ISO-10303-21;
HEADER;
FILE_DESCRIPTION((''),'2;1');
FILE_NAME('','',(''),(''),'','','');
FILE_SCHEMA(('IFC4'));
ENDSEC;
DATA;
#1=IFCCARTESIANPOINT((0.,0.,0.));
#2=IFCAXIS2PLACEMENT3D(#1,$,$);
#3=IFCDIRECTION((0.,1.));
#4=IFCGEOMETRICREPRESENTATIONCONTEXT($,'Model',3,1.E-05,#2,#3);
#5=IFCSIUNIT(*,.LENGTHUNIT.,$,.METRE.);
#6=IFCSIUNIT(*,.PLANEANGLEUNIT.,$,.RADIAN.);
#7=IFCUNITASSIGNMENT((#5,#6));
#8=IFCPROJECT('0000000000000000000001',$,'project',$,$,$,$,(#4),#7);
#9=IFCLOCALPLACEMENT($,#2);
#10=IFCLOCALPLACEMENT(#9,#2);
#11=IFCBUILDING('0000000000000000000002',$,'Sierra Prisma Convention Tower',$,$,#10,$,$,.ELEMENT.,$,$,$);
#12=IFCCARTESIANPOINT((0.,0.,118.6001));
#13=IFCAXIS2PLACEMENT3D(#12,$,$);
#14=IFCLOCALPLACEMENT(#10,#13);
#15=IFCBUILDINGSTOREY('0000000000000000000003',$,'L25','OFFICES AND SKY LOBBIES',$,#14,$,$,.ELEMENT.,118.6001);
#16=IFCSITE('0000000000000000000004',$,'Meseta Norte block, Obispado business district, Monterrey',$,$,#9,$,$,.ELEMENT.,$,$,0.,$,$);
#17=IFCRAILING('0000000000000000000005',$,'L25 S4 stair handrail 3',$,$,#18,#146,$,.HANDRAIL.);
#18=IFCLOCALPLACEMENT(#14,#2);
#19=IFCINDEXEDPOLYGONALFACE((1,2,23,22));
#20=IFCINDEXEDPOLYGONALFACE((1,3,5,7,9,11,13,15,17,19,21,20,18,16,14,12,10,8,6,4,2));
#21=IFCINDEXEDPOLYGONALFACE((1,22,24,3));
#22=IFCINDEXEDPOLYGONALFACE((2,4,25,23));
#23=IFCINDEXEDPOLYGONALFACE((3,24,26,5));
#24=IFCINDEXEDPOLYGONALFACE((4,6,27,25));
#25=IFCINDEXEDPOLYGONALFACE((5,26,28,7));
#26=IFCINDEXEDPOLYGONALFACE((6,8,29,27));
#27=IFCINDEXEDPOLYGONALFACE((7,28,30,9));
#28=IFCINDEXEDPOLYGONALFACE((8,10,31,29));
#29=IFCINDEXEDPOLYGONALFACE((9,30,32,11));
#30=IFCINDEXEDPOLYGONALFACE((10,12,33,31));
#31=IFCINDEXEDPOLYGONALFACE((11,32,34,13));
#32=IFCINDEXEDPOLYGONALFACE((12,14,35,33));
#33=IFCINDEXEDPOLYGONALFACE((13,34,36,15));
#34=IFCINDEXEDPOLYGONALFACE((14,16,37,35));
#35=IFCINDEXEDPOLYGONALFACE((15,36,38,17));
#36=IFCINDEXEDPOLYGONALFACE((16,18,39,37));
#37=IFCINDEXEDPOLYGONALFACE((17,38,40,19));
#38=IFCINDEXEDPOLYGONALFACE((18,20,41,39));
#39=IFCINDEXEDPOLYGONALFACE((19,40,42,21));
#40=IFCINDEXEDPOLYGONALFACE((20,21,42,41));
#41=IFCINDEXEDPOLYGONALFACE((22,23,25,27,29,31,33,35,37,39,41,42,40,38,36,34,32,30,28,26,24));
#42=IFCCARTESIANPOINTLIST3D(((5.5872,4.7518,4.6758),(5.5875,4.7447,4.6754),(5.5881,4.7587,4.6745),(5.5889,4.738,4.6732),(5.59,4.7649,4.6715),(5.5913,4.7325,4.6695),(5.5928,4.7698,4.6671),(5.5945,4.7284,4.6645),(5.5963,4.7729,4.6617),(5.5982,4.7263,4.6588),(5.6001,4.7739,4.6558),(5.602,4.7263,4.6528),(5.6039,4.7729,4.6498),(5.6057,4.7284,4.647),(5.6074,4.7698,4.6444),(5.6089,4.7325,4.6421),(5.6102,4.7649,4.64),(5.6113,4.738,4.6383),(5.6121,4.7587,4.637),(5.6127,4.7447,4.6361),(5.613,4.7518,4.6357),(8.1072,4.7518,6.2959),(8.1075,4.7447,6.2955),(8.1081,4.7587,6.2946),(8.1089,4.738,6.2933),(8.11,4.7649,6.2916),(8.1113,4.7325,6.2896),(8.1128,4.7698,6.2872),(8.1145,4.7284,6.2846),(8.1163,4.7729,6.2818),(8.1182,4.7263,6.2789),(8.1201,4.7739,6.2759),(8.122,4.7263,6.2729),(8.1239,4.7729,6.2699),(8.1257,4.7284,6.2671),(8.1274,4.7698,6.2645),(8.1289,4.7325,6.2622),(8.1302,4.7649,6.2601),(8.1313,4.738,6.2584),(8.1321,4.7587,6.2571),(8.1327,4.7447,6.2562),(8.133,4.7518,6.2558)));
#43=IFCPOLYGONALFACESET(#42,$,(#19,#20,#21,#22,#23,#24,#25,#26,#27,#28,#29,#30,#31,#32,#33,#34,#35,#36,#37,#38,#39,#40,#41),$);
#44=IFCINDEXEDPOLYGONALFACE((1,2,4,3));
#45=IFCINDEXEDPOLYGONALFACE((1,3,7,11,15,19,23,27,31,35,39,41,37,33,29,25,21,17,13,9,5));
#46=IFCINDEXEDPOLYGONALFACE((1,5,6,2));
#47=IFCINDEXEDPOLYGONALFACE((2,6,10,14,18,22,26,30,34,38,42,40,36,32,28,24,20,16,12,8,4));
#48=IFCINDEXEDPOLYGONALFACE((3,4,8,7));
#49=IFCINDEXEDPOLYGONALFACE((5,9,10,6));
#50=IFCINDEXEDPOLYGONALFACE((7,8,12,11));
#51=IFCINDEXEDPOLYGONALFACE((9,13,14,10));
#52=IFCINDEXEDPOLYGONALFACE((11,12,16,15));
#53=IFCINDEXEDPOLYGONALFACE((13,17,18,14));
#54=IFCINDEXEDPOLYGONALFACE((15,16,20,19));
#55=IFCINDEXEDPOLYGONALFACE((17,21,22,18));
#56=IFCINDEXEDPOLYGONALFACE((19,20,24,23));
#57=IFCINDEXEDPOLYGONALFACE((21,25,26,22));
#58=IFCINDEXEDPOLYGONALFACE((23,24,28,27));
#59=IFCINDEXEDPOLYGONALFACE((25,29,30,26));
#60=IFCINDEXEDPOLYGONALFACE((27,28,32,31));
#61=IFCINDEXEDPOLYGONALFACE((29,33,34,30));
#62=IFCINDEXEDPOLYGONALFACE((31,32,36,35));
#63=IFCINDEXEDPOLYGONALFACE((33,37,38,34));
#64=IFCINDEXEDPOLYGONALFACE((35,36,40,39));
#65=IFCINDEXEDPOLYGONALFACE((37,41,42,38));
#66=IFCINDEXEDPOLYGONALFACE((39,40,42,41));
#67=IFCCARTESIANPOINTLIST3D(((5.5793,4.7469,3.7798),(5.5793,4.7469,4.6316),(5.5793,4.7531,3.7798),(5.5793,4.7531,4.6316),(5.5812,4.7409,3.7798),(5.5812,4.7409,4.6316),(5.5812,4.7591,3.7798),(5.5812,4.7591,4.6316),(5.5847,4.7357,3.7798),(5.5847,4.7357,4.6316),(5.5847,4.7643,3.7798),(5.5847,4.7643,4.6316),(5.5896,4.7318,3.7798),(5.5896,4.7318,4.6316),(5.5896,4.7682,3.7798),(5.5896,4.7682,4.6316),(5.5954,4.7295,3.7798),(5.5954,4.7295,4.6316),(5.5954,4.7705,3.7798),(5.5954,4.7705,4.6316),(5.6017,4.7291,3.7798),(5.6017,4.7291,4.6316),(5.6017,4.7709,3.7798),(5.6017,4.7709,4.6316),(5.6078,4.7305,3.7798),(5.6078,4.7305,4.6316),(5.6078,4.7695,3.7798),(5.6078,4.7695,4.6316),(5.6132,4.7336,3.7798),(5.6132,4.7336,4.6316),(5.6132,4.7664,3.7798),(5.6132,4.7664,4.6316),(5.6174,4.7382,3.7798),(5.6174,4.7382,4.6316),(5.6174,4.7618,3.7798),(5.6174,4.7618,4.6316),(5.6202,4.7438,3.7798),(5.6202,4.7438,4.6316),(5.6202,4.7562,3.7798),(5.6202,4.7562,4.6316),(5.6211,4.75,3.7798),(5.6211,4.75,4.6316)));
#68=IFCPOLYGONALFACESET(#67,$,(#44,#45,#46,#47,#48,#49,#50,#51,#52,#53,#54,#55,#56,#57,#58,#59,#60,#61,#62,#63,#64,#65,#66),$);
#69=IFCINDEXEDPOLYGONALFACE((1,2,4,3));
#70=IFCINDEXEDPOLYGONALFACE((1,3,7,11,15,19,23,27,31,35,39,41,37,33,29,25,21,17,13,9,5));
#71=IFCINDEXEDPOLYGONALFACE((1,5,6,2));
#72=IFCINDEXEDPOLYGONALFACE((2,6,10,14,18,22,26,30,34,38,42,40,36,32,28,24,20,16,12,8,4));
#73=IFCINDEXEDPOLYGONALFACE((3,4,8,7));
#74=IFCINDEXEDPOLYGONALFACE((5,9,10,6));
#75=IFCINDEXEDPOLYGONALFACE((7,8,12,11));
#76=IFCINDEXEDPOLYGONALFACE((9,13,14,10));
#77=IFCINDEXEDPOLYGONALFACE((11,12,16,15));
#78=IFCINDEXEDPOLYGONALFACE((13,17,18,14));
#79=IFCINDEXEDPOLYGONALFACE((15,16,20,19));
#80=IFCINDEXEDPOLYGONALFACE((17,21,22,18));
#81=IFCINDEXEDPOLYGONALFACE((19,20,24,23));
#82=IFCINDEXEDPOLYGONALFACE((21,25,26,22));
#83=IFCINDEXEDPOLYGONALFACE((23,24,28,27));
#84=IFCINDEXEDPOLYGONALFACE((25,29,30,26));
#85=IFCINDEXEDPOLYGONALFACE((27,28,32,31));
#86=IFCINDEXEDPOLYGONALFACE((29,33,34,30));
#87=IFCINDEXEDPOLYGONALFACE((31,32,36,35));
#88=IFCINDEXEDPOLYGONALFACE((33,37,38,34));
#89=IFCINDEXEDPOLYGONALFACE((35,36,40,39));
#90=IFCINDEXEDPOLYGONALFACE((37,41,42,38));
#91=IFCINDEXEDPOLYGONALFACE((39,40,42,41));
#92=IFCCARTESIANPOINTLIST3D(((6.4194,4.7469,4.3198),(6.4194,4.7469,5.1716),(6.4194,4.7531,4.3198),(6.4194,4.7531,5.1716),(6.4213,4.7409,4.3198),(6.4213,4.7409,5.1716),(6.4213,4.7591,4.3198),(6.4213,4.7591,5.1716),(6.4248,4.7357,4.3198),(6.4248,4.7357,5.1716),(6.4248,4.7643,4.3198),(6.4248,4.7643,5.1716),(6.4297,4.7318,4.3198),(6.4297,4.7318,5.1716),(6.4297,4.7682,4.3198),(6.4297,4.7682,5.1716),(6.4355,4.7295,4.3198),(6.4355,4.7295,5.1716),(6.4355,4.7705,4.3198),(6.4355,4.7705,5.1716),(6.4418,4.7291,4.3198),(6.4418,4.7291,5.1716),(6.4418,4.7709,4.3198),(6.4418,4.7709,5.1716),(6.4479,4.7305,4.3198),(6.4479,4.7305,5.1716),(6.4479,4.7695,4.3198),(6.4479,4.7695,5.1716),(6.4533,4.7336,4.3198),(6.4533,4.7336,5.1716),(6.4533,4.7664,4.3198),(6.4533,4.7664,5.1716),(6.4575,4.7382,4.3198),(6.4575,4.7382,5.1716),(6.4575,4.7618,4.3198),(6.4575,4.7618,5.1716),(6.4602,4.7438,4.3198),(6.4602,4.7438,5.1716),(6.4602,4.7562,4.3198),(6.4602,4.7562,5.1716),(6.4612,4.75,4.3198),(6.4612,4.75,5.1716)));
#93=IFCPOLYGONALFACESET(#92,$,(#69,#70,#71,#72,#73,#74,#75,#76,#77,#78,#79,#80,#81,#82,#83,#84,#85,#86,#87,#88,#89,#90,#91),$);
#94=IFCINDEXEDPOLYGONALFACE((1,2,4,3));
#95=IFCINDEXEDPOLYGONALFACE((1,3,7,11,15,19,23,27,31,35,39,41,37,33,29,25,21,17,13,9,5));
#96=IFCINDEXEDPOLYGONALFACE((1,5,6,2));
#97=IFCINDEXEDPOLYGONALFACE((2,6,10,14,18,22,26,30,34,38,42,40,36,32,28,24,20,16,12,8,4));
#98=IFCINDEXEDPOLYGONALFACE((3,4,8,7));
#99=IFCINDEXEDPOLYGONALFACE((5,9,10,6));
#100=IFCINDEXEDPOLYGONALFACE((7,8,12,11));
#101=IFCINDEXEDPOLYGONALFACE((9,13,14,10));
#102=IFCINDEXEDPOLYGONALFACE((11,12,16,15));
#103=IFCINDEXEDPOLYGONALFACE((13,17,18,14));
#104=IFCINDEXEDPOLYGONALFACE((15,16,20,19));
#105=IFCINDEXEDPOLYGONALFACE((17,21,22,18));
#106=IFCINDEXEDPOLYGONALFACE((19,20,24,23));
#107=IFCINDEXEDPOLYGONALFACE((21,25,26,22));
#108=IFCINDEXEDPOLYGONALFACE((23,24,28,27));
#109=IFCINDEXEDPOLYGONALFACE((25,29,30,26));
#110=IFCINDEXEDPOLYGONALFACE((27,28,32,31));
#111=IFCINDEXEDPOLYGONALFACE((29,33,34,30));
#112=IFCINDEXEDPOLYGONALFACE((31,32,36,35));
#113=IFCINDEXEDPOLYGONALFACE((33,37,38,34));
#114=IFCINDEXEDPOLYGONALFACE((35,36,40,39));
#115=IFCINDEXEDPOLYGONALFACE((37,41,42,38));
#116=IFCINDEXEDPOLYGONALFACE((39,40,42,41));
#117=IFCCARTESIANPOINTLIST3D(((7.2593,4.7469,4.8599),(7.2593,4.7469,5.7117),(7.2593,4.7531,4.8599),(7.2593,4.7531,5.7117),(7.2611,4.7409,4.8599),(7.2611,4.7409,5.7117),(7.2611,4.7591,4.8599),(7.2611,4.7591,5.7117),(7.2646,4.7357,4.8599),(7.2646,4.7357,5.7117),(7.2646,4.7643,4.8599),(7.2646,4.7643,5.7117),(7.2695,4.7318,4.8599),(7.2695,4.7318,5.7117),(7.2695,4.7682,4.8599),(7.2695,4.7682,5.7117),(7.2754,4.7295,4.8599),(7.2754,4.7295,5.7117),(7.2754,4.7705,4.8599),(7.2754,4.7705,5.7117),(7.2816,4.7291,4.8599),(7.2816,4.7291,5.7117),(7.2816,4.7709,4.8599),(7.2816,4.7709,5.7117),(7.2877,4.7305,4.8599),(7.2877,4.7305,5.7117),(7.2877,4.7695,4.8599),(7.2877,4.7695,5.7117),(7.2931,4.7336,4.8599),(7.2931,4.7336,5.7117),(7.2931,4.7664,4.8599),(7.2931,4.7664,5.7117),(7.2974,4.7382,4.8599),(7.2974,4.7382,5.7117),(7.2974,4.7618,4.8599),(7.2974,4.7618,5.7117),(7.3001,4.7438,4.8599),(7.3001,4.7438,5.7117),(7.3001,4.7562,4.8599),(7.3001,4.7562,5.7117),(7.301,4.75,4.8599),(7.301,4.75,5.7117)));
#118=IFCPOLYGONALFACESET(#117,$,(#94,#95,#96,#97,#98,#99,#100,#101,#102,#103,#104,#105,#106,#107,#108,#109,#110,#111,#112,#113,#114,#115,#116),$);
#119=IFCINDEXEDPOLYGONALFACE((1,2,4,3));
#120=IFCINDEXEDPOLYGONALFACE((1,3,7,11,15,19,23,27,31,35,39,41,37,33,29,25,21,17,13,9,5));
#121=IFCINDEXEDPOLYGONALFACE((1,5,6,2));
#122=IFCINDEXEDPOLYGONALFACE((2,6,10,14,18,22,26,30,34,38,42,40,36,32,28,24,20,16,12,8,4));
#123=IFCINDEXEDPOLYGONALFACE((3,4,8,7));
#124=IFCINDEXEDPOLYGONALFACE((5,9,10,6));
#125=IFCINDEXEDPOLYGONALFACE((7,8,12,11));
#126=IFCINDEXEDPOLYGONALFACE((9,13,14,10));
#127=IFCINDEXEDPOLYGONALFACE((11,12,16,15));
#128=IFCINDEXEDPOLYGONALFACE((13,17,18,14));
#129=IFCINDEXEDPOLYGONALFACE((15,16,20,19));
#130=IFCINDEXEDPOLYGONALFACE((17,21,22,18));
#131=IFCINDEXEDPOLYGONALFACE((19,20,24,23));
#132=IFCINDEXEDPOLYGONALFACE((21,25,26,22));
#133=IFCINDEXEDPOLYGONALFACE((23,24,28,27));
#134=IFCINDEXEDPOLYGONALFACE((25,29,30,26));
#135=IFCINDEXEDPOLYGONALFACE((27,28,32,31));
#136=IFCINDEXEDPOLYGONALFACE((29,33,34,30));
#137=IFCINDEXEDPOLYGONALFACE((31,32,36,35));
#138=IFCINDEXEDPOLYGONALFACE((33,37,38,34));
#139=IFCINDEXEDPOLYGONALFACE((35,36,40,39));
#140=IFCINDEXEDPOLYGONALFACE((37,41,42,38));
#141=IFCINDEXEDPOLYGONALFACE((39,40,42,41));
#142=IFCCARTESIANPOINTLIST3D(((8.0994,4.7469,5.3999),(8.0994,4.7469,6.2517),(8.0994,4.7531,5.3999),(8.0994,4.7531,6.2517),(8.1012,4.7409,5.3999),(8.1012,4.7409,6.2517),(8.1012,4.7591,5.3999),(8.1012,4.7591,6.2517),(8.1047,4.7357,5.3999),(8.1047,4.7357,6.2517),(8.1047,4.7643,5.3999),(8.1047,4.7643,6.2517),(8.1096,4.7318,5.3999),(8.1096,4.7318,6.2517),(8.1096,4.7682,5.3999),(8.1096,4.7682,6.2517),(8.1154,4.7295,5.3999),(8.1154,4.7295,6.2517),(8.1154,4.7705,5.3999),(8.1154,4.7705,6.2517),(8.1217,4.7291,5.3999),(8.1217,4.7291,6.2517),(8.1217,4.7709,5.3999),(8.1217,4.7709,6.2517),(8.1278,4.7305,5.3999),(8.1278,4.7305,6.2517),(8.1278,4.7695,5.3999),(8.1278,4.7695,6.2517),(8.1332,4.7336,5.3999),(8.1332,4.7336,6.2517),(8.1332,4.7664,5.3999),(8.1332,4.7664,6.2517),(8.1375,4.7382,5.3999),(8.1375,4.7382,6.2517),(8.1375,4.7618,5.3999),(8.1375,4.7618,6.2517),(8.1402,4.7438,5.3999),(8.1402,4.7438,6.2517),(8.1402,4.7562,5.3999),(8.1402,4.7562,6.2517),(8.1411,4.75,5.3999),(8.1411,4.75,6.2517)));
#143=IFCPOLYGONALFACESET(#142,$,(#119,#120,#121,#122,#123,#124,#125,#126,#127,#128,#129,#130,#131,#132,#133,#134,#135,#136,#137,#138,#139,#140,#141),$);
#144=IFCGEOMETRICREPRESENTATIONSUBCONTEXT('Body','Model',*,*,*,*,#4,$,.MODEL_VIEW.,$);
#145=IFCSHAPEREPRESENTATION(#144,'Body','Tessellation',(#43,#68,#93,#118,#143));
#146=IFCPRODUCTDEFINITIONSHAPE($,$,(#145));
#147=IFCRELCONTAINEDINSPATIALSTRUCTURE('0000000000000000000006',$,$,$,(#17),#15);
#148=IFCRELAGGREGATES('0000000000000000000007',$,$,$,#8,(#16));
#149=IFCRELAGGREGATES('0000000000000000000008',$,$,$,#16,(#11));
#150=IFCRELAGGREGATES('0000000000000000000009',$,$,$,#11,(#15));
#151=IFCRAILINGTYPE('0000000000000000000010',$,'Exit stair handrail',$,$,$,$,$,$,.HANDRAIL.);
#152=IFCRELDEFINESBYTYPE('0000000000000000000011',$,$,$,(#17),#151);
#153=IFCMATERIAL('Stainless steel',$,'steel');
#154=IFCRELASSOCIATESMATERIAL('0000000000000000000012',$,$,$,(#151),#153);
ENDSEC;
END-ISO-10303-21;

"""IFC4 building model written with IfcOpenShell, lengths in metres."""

from ifc_helpers import new_model, si_unit, direction, frame, origin, origin_2d, place, context, subcontext, project, spatial, circle, extrude, material, type_object, element, save


model = new_model("IFC4")

# Units and contexts
model_context = context("Model", 3, precision=1e-05, world=origin(), true_north=direction((0.0, 1.0)))
body_context = subcontext(model_context, "Body", "Model", "MODEL_VIEW")
ifc_project = project(units=[si_unit("LENGTHUNIT", "METRE"), si_unit("PLANEANGLEUNIT", "RADIAN")], contexts=[model_context])

# Site, building, storey
site_placement = place(None, origin())
site = spatial("IfcSite", under=ifc_project, at=site_placement, Name="Meseta Norte block, Obispado business district, Monterrey", CompositionType="ELEMENT", RefElevation=0.0)
building_placement = place(site_placement, origin())
building = spatial("IfcBuilding", under=site, at=building_placement, Name="Sierra Prisma Convention Tower", CompositionType="ELEMENT")
storey_placement = place(building_placement, frame((0.0, 0.0, 118.6001)))
storey = spatial("IfcBuildingStorey", under=building, at=storey_placement, Name="L25", Description="OFFICES AND SKY LOBBIES", CompositionType="ELEMENT", Elevation=118.6001)

# Railing
ifc_material_1 = material(Name="Stainless steel", Category="steel")
railing_type_1 = type_object("IfcRailingType", Name="Exit stair handrail", PredefinedType="HANDRAIL", material=ifc_material_1)
railing_1_placement = place(storey_placement, frame((5.6001, 4.75, 3.7798)))
element("IfcRailing", 1, at=railing_1_placement, inside=storey, type_object=railing_type_1, Name="L25 S4 stair handrail 3", PredefinedType="HANDRAIL", context=body_context, shape_type="SweptSolid", body=[
    extrude(circle(Radius=0.0239, at=origin_2d()), frame((0.0, 0.0, 0.876), z_axis=(0.841163, 0.0, 0.540782), x_axis=(0.0, 1.0, 0.0)), (0.0, 0.0, 1.0), 2.9958),
    extrude(circle(Radius=0.021, at=origin_2d()), origin(), (0.0, 0.0, 1.0), 0.8518),
    extrude(circle(Radius=0.021, at=origin_2d()), frame((0.8401, 0.0, 0.54)), (0.0, 0.0, 1.0), 0.8518),
    extrude(circle(Radius=0.021, at=origin_2d()), frame((1.6799, 0.0, 1.0801)), (0.0, 0.0, 1.0), 0.8518),
    extrude(circle(Radius=0.021, at=origin_2d()), frame((2.52, 0.0, 1.6201)), (0.0, 0.0, 1.0), 0.8518),
])

save(model, "model.ifc")
